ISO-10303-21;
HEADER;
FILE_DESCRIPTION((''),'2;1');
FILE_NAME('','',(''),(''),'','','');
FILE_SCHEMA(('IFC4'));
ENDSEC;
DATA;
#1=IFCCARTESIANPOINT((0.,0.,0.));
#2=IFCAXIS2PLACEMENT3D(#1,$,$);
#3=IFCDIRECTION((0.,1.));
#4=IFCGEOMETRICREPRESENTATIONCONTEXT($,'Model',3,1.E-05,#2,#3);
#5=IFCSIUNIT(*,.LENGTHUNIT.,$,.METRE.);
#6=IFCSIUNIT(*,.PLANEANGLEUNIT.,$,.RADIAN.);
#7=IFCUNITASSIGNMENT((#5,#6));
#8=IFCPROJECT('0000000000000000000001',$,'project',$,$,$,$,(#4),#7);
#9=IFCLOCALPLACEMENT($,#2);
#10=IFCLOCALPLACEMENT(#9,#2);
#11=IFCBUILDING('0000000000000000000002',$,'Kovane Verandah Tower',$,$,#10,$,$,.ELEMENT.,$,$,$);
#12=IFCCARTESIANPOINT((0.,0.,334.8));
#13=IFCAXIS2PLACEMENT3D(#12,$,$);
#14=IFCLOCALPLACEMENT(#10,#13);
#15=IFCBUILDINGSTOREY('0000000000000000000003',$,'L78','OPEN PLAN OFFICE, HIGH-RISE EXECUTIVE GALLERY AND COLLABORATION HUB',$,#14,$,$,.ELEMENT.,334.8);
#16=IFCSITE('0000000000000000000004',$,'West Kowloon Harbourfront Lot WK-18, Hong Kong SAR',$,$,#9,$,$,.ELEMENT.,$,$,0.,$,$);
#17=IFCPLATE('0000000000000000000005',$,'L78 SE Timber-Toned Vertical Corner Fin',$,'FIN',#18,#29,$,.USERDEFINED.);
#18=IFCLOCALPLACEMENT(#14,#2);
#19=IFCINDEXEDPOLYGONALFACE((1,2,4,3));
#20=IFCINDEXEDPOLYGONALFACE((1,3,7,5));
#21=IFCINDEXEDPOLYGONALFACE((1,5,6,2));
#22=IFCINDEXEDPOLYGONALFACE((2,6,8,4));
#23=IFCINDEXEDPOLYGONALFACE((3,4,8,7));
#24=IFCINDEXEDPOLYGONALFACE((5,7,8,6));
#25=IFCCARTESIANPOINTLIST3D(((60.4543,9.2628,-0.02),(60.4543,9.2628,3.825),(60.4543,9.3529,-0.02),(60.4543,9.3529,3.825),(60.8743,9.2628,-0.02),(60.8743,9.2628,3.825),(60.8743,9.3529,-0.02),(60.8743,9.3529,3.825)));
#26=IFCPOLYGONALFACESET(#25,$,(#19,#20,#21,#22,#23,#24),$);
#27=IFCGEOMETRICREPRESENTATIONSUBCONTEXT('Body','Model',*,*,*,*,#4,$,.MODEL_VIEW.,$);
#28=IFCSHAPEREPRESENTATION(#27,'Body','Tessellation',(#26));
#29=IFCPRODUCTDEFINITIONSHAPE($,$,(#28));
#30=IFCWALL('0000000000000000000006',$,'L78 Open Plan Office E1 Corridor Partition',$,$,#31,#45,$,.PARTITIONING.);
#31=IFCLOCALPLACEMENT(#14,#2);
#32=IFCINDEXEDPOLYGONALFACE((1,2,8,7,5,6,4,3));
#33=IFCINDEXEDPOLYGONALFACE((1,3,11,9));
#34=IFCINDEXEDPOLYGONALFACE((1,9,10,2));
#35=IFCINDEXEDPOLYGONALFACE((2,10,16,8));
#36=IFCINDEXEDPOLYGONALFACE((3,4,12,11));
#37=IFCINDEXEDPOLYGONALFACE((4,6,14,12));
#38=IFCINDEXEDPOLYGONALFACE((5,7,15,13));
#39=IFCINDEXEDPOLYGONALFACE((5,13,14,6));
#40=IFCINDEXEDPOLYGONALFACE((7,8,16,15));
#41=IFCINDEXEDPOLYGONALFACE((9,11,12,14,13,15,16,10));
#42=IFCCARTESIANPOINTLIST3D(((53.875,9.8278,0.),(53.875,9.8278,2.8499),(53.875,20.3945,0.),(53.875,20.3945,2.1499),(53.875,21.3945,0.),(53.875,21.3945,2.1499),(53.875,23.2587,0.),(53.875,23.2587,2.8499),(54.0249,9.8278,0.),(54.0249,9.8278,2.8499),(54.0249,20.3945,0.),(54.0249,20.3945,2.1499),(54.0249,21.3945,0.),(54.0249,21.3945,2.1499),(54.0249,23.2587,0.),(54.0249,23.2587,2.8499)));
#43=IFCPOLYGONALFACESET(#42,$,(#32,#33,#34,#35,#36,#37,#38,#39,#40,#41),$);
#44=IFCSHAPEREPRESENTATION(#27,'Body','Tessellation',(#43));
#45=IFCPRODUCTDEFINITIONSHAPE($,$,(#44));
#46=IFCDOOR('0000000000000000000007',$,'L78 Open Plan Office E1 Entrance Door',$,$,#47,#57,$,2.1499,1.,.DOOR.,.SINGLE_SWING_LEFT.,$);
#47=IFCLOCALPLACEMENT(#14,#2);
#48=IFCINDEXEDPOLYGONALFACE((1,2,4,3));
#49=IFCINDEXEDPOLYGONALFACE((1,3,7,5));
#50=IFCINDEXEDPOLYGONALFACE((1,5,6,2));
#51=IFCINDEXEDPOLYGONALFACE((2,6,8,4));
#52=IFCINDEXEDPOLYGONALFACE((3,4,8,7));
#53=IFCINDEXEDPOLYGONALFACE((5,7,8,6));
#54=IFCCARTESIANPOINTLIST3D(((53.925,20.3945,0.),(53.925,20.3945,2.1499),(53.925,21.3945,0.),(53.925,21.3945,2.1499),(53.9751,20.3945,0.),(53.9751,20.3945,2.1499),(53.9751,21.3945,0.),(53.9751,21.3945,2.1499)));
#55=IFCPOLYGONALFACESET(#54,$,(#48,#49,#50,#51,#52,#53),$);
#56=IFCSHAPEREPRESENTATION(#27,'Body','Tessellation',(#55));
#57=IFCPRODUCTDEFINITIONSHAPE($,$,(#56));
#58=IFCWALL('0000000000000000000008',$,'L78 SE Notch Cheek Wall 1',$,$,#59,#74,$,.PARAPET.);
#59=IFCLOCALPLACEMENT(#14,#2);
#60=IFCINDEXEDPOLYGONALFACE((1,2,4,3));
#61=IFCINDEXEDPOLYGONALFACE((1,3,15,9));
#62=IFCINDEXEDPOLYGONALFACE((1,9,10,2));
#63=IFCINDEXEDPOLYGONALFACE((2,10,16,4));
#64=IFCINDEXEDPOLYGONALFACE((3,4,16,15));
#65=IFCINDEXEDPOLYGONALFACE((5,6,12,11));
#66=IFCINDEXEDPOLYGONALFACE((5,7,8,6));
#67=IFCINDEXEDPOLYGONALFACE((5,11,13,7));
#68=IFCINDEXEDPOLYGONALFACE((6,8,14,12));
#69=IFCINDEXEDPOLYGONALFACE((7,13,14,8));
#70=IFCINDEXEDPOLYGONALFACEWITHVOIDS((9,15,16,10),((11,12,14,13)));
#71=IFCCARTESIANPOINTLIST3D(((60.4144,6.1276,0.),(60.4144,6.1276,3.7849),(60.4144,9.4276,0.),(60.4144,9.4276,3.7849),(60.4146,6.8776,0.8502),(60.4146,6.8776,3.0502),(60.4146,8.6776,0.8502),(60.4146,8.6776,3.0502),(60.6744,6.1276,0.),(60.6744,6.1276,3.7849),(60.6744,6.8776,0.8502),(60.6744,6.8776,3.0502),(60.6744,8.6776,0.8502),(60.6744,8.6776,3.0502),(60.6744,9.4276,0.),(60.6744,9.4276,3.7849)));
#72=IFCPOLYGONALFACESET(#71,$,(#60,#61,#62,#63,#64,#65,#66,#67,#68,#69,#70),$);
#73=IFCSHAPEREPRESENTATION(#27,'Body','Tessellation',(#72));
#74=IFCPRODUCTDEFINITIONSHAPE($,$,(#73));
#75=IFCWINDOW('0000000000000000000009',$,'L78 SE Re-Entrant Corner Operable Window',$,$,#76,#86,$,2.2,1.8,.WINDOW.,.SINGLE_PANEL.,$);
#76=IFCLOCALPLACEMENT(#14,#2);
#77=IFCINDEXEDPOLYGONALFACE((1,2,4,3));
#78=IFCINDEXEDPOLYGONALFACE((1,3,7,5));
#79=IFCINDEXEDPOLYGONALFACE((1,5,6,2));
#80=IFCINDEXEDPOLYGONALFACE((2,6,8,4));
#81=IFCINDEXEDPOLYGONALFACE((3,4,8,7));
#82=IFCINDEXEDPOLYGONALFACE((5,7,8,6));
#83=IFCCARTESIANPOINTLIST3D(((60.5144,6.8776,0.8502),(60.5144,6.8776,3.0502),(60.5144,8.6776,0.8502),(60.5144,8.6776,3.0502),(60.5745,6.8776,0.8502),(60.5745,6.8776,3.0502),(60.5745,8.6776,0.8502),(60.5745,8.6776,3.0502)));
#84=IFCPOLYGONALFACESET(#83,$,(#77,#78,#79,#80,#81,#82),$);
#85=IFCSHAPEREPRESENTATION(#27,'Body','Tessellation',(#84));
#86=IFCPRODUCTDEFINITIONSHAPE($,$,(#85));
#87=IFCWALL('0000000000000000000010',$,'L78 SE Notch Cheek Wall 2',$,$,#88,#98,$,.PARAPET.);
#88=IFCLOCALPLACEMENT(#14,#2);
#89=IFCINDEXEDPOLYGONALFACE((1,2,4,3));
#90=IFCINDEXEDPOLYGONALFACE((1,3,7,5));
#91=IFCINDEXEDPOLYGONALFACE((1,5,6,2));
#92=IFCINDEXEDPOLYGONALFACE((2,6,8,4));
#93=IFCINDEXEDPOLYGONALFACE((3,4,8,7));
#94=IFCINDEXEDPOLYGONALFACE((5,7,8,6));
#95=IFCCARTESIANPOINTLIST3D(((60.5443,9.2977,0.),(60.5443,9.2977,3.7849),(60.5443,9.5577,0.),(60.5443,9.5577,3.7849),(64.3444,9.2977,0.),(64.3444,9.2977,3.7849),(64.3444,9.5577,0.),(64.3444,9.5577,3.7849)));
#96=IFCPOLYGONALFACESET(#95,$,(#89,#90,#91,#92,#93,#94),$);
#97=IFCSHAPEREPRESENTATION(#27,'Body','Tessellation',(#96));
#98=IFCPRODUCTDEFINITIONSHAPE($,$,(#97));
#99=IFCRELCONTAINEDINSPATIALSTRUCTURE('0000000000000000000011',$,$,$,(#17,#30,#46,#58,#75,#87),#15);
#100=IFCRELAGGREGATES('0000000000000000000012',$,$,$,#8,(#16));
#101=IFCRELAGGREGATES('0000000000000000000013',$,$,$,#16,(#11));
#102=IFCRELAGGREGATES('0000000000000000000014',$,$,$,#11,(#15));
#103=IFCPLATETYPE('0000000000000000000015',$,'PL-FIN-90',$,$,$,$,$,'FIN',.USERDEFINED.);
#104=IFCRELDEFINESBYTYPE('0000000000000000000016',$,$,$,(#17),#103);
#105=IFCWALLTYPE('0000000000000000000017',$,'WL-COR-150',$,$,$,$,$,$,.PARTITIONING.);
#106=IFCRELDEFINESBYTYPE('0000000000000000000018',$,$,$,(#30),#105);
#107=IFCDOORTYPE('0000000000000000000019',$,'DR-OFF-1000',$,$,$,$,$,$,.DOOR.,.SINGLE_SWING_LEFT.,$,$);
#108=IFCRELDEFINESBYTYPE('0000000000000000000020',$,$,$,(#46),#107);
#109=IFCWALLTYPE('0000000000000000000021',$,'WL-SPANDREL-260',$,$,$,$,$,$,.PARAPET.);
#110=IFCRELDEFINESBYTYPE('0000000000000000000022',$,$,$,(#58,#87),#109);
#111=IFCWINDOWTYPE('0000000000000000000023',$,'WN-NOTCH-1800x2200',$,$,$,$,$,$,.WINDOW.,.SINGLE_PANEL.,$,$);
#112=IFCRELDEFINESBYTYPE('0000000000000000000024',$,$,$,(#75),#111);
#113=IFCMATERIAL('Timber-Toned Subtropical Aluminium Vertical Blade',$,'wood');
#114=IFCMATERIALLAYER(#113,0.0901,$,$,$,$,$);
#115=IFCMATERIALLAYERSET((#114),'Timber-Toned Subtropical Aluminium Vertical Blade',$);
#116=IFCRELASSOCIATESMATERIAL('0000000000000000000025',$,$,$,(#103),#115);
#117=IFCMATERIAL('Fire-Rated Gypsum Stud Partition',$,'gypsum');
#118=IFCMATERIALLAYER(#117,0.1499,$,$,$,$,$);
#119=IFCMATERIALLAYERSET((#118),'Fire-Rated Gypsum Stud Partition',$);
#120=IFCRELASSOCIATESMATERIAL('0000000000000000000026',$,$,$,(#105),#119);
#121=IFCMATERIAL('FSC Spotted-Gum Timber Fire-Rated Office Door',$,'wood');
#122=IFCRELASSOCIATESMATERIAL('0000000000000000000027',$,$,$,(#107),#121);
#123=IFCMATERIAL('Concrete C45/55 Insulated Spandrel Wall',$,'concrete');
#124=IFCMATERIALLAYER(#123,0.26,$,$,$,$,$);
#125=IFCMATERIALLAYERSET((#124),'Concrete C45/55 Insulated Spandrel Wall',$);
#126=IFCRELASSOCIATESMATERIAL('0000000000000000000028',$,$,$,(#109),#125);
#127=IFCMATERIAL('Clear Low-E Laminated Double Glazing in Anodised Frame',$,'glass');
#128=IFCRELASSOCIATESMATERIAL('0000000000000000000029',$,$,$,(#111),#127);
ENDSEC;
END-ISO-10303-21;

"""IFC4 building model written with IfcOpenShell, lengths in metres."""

from ifc_helpers import new_model, si_unit, direction, frame, frame_2d, origin, origin_2d, place, context, subcontext, project, spatial, rectangle, extrude, material, layer, layer_set, type_object, element, fill, save


model = new_model("IFC4")

# Units and contexts
model_context = context("Model", 3, precision=1e-05, world=origin(), true_north=direction((0.0, 1.0)))
body_context = subcontext(model_context, "Body", "Model", "MODEL_VIEW")
ifc_project = project(units=[si_unit("LENGTHUNIT", "METRE"), si_unit("PLANEANGLEUNIT", "RADIAN")], contexts=[model_context])

# Site, building, storey
site_placement = place(None, origin())
site = spatial("IfcSite", under=ifc_project, at=site_placement, Name="West Kowloon Harbourfront Lot WK-18, Hong Kong SAR", CompositionType="ELEMENT", RefElevation=0.0)
building_placement = place(site_placement, origin())
building = spatial("IfcBuilding", under=site, at=building_placement, Name="Kovane Verandah Tower", CompositionType="ELEMENT")
storey_placement = place(building_placement, frame((0.0, 0.0, 334.8)))
storey = spatial("IfcBuildingStorey", under=building, at=storey_placement, Name="L78", Description="OPEN PLAN OFFICE, HIGH-RISE EXECUTIVE GALLERY AND COLLABORATION HUB", CompositionType="ELEMENT", Elevation=334.8)

# Plate
ifc_material_1 = material(Name="Timber-Toned Subtropical Aluminium Vertical Blade", Category="wood")
ifc_layer_1 = layer(ifc_material_1, 0.0901)
ifc_layer_set_1 = layer_set([ifc_layer_1], Name="Timber-Toned Subtropical Aluminium Vertical Blade")
plate_type_1 = type_object("IfcPlateType", Name="PL-FIN-90", ElementType="FIN", PredefinedType="USERDEFINED", material=ifc_layer_set_1)
plate_1_placement = place(storey_placement, frame((60.6643, 9.3079, -0.02), z_axis=(0.0, 0.0, 1.0), x_axis=(1.0, 0.0, 0.0)))
element("IfcPlate", 1, at=plate_1_placement, inside=storey, type_object=plate_type_1, Name="L78 SE Timber-Toned Vertical Corner Fin", ObjectType="FIN", PredefinedType="USERDEFINED", context=body_context, shape_type="SweptSolid", body=[
    extrude(rectangle(XDim=0.4199, YDim=0.0901, at=origin_2d()), origin(), (0.0, 0.0, 1.0), 3.845),
])

# Wall, opening, door
ifc_material_2 = material(Name="Fire-Rated Gypsum Stud Partition", Category="gypsum")
ifc_layer_2 = layer(ifc_material_2, 0.1499)
ifc_layer_set_2 = layer_set([ifc_layer_2], Name="Fire-Rated Gypsum Stud Partition")
wall_type_1 = type_object("IfcWallType", Name="WL-COR-150", PredefinedType="PARTITIONING", material=ifc_layer_set_2)
wall_1_placement = place(storey_placement, frame((53.95, 9.8279, 0.0), z_axis=(0.0, 0.0, 1.0), x_axis=(0.0, 1.0, 0.0)))
wall_1 = element("IfcWall", 2, at=wall_1_placement, inside=storey, type_object=wall_type_1, Name="L78 Open Plan Office E1 Corridor Partition", PredefinedType="PARTITIONING", context=body_context, shape_type="SweptSolid", body=[
    extrude(rectangle(XDim=13.4309, YDim=0.1499, at=frame_2d((6.7153, 0.0))), origin(), (0.0, 0.0, 1.0), 2.8499),
])
opening_1_placement = place(wall_1_placement, frame((10.5667, 0.0, 0.0)))
opening_1 = element("IfcOpeningElement", 3, at=opening_1_placement, cuts=wall_1, PredefinedType="OPENING", context=body_context, shape_type="SweptSolid", body=[
    extrude(rectangle(XDim=1.0, YDim=2.1499, at=frame_2d((0.5, 1.075))), frame((0.0, 0.075, 0.0), z_axis=(0.0, -1.0, 0.0), x_axis=(1.0, 0.0, 0.0)), (0.0, 0.0, 1.0), 0.1499),
])
ifc_material_3 = material(Name="FSC Spotted-Gum Timber Fire-Rated Office Door", Category="wood")
door_type = type_object("IfcDoorType", Name="DR-OFF-1000", OperationType="SINGLE_SWING_LEFT", PredefinedType="DOOR", material=ifc_material_3)
door_placement = place(opening_1_placement, origin())
door = element("IfcDoor", 4, at=door_placement, inside=storey, type_object=door_type, Name="L78 Open Plan Office E1 Entrance Door", OperationType="SINGLE_SWING_LEFT", OverallHeight=2.1499, OverallWidth=1.0, PredefinedType="DOOR", context=body_context, shape_type="SweptSolid", body=[
    extrude(rectangle(XDim=1.0, YDim=2.1499, at=frame_2d((0.5, 1.075))), frame((0.0, 0.0249, 0.0), z_axis=(0.0, -1.0, 0.0), x_axis=(1.0, 0.0, 0.0)), (0.0, 0.0, 1.0), 0.05),
])
fill(opening_1, door)

# Wall, opening, window
ifc_material_4 = material(Name="Concrete C45/55 Insulated Spandrel Wall", Category="concrete")
ifc_layer_3 = layer(ifc_material_4, 0.26)
ifc_layer_set_3 = layer_set([ifc_layer_3], Name="Concrete C45/55 Insulated Spandrel Wall")
wall_type_2 = type_object("IfcWallType", Name="WL-SPANDREL-260", PredefinedType="PARAPET", material=ifc_layer_set_3)
wall_2_placement = place(storey_placement, frame((60.5444, 6.1277, 0.0), z_axis=(0.0, 0.0, 1.0), x_axis=(0.0, 1.0, 0.0)))
wall_2 = element("IfcWall", 5, at=wall_2_placement, inside=storey, type_object=wall_type_2, Name="L78 SE Notch Cheek Wall 1", PredefinedType="PARAPET", context=body_context, shape_type="SweptSolid", body=[
    extrude(rectangle(XDim=3.3, YDim=0.26, at=frame_2d((1.6499, 0.0))), origin(), (0.0, 0.0, 1.0), 3.7849),
])
opening_2_placement = place(wall_2_placement, frame((0.75, 0.0, 0.8501)))
opening_2 = element("IfcOpeningElement", 6, at=opening_2_placement, cuts=wall_2, PredefinedType="OPENING", context=body_context, shape_type="SweptSolid", body=[
    extrude(rectangle(XDim=1.8, YDim=2.2, at=frame_2d((0.8999, 1.1001))), frame((0.0, 0.1299, 0.0), z_axis=(0.0, -1.0, 0.0), x_axis=(1.0, 0.0, 0.0)), (0.0, 0.0, 1.0), 0.26),
])
ifc_material_5 = material(Name="Clear Low-E Laminated Double Glazing in Anodised Frame", Category="glass")
window_type = type_object("IfcWindowType", Name="WN-NOTCH-1800x2200", PartitioningType="SINGLE_PANEL", PredefinedType="WINDOW", material=ifc_material_5)
window_placement = place(opening_2_placement, origin())
window = element("IfcWindow", 7, at=window_placement, inside=storey, type_object=window_type, Name="L78 SE Re-Entrant Corner Operable Window", OverallHeight=2.2, OverallWidth=1.8, PartitioningType="SINGLE_PANEL", PredefinedType="WINDOW", context=body_context, shape_type="SweptSolid", body=[
    extrude(rectangle(XDim=1.8, YDim=2.2, at=frame_2d((0.8999, 1.1001))), frame((0.0, 0.03, 0.0), z_axis=(0.0, -1.0, 0.0), x_axis=(1.0, 0.0, 0.0)), (0.0, 0.0, 1.0), 0.0601),
])
fill(opening_2, window)

# Wall
wall_3_placement = place(storey_placement, frame((60.5444, 9.4277, 0.0), z_axis=(0.0, 0.0, 1.0), x_axis=(1.0, 0.0, 0.0)))
element("IfcWall", 8, at=wall_3_placement, inside=storey, type_object=wall_type_2, Name="L78 SE Notch Cheek Wall 2", PredefinedType="PARAPET", context=body_context, shape_type="SweptSolid", body=[
    extrude(rectangle(XDim=3.8, YDim=0.26, at=frame_2d((1.8999, 0.0))), origin(), (0.0, 0.0, 1.0), 3.7849),
])

save(model, "model.ifc")
